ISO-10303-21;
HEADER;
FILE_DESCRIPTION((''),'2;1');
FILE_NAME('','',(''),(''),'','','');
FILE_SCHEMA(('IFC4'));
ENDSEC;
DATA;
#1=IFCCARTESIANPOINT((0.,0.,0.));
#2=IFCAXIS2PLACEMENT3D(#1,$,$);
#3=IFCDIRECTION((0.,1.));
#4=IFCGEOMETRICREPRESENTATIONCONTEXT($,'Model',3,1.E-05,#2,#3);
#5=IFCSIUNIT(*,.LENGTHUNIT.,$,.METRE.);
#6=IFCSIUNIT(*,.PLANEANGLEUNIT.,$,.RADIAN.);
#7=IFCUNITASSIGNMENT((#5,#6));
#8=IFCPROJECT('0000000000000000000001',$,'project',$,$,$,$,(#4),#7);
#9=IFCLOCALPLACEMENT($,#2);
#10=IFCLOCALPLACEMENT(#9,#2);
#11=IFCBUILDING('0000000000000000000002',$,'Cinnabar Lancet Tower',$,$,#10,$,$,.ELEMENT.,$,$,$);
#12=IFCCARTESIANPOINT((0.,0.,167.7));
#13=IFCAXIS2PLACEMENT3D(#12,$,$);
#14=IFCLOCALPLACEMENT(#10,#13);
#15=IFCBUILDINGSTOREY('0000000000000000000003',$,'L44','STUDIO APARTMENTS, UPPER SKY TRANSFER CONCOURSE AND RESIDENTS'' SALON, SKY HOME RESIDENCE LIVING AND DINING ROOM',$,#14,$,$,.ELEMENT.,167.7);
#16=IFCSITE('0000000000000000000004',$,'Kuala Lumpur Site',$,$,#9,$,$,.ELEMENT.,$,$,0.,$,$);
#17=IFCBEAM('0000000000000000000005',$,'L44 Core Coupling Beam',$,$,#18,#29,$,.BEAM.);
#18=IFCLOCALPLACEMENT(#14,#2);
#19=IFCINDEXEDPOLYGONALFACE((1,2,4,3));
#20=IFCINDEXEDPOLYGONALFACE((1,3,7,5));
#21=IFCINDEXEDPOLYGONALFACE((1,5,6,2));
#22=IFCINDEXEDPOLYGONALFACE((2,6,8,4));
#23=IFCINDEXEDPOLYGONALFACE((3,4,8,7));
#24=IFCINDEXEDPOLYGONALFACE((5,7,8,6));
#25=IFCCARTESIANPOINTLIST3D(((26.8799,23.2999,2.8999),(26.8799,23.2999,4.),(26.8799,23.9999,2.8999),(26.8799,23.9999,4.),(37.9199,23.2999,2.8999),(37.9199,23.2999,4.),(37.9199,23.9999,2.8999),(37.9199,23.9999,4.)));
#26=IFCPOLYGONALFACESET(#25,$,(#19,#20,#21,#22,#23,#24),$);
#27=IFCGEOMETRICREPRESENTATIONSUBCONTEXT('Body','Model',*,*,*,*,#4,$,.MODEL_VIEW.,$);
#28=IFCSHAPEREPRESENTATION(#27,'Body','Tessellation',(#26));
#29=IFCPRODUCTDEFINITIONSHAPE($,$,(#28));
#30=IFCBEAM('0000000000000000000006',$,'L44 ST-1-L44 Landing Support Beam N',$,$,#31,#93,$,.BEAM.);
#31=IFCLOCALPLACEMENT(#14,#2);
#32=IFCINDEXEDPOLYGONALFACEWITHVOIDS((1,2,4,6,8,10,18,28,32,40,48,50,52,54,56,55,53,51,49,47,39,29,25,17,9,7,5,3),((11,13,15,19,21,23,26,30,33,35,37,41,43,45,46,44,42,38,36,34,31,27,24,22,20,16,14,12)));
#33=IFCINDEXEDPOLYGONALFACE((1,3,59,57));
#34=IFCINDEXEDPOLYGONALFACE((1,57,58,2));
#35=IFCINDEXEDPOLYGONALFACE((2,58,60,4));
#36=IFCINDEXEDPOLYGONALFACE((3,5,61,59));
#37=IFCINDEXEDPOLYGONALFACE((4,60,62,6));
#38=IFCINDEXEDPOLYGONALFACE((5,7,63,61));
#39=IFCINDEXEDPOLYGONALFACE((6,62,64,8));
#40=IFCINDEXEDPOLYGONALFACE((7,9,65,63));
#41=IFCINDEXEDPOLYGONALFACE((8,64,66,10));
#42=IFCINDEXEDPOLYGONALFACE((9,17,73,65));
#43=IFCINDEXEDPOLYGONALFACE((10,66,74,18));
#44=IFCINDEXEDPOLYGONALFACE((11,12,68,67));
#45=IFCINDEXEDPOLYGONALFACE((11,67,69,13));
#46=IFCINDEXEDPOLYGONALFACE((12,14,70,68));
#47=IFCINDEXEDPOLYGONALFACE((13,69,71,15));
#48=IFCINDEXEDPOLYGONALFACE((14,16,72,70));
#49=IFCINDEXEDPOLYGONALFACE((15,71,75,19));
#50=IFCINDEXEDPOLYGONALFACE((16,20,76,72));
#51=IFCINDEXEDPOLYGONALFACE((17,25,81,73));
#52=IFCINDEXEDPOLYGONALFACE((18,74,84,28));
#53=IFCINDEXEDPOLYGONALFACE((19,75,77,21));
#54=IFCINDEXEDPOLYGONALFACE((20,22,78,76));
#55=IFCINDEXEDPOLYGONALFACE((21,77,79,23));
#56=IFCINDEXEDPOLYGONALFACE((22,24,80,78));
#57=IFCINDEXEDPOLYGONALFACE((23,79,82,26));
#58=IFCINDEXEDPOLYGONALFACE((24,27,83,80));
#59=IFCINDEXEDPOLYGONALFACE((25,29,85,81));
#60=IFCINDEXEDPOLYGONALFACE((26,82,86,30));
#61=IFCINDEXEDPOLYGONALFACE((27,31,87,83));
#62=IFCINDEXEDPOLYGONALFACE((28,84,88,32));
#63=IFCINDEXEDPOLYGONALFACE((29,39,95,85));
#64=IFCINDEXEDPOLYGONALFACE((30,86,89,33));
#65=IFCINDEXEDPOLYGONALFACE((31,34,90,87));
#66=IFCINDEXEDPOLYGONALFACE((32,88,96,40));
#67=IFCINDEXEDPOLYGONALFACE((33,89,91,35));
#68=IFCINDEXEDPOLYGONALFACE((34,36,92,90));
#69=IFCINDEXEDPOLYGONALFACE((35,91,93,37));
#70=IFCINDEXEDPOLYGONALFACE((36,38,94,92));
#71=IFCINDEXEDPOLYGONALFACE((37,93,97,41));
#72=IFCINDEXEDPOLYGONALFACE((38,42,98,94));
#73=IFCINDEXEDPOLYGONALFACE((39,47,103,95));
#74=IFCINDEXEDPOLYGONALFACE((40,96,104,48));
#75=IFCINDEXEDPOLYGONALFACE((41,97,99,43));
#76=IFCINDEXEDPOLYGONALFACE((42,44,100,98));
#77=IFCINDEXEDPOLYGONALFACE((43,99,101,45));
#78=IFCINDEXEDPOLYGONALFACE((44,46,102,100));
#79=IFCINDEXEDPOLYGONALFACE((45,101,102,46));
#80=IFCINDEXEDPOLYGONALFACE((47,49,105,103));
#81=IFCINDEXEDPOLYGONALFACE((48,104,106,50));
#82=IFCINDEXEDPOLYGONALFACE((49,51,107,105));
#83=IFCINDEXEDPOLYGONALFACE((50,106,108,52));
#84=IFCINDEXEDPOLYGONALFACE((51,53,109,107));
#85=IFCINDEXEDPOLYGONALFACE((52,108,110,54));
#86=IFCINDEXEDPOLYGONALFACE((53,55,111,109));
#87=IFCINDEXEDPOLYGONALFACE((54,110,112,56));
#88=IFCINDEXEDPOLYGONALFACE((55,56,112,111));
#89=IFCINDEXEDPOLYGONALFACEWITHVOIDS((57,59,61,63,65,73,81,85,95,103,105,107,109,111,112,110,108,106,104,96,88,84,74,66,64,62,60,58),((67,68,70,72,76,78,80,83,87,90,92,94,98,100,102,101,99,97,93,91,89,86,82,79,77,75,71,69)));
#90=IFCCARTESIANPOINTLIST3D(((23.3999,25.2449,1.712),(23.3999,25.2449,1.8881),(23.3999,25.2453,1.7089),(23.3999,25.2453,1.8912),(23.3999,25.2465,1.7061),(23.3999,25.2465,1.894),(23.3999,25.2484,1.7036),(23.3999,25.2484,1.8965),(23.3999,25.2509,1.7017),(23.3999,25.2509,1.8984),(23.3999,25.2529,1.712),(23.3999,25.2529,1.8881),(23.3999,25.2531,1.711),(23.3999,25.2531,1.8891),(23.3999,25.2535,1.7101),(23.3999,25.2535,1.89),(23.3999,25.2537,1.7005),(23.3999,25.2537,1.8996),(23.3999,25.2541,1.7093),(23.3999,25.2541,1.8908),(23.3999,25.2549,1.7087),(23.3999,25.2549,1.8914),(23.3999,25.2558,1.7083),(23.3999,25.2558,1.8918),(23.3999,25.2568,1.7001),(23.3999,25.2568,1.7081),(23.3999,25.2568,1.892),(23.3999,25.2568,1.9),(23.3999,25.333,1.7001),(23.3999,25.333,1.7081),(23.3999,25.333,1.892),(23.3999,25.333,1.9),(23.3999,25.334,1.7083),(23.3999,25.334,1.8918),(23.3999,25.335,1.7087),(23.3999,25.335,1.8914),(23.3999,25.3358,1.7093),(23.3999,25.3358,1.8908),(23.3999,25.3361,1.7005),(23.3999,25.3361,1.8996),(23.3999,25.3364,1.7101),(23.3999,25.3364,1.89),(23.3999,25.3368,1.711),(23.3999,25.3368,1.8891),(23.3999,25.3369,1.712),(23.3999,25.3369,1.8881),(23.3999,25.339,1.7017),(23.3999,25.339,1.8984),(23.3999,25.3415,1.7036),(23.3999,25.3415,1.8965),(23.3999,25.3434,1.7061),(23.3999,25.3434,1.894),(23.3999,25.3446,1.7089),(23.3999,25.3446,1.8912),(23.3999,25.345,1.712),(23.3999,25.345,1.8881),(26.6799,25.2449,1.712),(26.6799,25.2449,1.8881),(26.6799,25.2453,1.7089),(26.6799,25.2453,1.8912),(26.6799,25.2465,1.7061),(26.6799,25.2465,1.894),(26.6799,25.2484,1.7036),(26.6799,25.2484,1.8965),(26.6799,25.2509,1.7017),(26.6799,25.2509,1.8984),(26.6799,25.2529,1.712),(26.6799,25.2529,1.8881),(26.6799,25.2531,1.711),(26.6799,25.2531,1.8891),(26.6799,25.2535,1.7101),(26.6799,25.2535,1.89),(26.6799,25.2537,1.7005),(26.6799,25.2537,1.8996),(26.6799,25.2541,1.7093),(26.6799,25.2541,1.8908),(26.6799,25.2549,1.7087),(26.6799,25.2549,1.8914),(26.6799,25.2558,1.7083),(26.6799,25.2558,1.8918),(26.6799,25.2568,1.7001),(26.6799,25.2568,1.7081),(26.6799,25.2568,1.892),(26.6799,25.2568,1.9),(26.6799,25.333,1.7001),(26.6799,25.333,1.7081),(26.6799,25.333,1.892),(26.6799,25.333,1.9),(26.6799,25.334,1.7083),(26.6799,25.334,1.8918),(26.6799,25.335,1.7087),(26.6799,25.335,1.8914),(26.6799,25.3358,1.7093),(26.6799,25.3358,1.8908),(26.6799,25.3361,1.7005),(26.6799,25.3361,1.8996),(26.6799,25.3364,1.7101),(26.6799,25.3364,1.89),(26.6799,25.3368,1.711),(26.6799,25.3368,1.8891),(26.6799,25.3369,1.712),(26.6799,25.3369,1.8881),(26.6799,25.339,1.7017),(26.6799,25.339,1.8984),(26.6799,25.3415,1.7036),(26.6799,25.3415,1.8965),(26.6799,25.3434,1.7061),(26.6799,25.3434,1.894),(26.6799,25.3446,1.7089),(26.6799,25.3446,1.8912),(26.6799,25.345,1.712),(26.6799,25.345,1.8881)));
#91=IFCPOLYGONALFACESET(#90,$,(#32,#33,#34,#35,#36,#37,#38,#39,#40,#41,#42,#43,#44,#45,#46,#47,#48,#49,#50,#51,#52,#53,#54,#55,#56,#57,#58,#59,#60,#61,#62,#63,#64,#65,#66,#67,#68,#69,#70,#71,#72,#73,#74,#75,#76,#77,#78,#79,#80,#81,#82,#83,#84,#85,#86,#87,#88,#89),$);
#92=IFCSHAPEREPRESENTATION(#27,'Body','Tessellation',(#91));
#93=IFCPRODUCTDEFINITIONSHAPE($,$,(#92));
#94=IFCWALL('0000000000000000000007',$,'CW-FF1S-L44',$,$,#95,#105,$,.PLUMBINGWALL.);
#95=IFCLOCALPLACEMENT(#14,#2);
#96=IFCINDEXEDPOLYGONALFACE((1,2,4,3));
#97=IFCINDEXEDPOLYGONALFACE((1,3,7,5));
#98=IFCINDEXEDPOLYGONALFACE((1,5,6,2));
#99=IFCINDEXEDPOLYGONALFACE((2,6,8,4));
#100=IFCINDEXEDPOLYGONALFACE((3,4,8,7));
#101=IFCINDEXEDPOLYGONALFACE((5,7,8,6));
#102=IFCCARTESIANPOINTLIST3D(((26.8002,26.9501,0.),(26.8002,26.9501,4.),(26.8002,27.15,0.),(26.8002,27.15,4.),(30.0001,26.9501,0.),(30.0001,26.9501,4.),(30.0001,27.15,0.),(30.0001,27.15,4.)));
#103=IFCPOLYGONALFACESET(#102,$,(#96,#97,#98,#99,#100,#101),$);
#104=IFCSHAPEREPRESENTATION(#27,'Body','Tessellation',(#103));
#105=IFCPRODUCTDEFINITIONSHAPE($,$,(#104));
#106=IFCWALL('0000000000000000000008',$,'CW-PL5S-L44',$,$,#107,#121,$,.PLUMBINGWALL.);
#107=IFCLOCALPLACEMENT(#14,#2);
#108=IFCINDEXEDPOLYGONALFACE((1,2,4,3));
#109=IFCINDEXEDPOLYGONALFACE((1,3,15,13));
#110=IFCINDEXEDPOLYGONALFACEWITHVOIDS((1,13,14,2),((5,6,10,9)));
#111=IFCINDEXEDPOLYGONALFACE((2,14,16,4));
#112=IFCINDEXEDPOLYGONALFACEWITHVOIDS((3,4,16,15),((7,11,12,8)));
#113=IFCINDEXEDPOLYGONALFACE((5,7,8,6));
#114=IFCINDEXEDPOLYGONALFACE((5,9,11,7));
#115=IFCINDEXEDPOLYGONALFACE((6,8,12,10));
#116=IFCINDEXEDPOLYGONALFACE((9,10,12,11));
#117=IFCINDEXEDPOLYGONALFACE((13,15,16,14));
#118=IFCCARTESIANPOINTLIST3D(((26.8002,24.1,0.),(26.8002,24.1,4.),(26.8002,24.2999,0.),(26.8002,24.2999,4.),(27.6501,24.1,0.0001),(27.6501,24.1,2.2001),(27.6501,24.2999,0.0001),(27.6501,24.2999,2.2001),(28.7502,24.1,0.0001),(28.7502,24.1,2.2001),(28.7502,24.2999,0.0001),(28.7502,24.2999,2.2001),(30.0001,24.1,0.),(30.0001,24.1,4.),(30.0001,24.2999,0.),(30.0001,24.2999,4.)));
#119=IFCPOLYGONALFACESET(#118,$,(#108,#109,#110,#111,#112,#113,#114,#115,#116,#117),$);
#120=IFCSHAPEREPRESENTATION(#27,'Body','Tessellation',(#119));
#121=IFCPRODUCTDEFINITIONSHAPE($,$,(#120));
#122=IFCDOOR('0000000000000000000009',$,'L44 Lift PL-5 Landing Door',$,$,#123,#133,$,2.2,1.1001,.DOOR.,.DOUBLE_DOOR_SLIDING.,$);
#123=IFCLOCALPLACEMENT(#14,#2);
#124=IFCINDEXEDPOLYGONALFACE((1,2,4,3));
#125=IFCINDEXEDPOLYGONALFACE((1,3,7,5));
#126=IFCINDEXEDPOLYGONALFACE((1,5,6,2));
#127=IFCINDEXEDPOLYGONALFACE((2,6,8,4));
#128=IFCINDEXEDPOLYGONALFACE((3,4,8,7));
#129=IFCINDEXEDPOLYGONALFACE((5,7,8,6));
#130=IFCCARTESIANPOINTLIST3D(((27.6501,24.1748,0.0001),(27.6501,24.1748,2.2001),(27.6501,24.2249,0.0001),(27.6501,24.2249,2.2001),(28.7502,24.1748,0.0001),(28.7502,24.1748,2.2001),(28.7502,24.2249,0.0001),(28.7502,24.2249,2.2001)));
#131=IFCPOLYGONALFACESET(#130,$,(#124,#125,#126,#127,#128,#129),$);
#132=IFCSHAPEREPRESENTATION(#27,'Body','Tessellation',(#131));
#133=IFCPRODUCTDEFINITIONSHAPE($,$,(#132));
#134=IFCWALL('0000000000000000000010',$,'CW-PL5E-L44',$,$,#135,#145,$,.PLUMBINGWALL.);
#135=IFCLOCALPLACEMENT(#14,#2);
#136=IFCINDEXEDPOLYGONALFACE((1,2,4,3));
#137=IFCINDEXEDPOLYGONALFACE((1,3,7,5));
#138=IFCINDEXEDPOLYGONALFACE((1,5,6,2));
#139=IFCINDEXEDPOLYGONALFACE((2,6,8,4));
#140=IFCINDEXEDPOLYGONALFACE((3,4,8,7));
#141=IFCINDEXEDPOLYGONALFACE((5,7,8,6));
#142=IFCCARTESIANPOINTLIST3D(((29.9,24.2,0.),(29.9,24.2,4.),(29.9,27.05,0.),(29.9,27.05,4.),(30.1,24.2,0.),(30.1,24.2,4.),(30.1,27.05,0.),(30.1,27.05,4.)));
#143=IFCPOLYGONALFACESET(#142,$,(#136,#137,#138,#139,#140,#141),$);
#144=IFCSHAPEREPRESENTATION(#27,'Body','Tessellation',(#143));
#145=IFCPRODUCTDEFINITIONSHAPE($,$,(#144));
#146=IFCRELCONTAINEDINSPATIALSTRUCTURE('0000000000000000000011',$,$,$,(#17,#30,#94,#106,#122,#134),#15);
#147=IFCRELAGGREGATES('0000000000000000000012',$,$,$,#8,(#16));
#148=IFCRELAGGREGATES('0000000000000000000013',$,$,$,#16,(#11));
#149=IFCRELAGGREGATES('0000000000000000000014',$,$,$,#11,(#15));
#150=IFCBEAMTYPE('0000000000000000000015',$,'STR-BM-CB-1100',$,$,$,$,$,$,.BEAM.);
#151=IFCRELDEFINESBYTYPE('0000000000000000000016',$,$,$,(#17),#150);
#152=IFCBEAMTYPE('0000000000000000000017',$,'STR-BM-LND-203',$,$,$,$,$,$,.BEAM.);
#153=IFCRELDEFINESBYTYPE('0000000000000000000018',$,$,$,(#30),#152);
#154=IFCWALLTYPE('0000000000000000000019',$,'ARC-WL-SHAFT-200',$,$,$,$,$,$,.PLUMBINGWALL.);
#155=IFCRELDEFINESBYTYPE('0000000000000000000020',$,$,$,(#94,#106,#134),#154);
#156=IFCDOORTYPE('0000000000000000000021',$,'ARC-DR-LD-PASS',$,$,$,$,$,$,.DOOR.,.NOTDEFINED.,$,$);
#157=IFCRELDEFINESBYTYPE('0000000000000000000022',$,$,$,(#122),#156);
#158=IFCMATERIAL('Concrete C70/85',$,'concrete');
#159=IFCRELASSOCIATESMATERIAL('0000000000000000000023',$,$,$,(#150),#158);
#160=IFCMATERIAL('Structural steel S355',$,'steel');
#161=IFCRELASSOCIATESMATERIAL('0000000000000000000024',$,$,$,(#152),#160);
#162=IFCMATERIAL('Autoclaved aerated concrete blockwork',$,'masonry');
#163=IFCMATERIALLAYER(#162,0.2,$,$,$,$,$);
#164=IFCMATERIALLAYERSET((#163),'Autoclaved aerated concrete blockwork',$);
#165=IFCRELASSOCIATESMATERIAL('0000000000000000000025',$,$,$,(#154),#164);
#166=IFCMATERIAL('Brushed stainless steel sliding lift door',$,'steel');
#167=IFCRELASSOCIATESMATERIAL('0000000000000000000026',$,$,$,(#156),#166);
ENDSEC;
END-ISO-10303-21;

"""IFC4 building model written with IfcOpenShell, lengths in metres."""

from ifc_helpers import new_model, si_unit, direction, frame, frame_2d, origin, origin_2d, place, context, subcontext, project, spatial, rectangle, hollow_rectangle, extrude, material, layer, layer_set, material_profile, profile_set, type_object, element, fill, save


model = new_model("IFC4")

# Units and contexts
model_context = context("Model", 3, precision=1e-05, world=origin(), true_north=direction((0.0, 1.0)))
body_context = subcontext(model_context, "Body", "Model", "MODEL_VIEW")
ifc_project = project(units=[si_unit("LENGTHUNIT", "METRE"), si_unit("PLANEANGLEUNIT", "RADIAN")], contexts=[model_context])

# Site, building, storey
site_placement = place(None, origin())
site = spatial("IfcSite", under=ifc_project, at=site_placement, Name="Kuala Lumpur Site", CompositionType="ELEMENT", RefElevation=0.0)
building_placement = place(site_placement, origin())
building = spatial("IfcBuilding", under=site, at=building_placement, Name="Cinnabar Lancet Tower", CompositionType="ELEMENT")
storey_placement = place(building_placement, frame((0.0, 0.0, 167.7)))
storey = spatial("IfcBuildingStorey", under=building, at=storey_placement, Name="L44", Description="STUDIO APARTMENTS, UPPER SKY TRANSFER CONCOURSE AND RESIDENTS' SALON, SKY HOME RESIDENCE LIVING AND DINING ROOM", CompositionType="ELEMENT", Elevation=167.7)

# Beams
ifc_material_1 = material(Name="Concrete C70/85", Category="concrete")
ifc_material_profile_1 = material_profile(ifc_material_1, rectangle(XDim=0.7, YDim=1.1001, at=origin_2d()), Name="RC-CB 700x1100")
ifc_profile_set_1 = profile_set([ifc_material_profile_1], Name="Concrete C70/85")
beam_type_1 = type_object("IfcBeamType", Name="STR-BM-CB-1100", PredefinedType="BEAM", material=ifc_profile_set_1)
beam_1_placement = place(storey_placement, frame((26.8799, 23.6499, 3.45), z_axis=(1.0, 0.0, 0.0), x_axis=(0.0, 1.0, 0.0)))
element("IfcBeam", 1, at=beam_1_placement, inside=storey, type_object=beam_type_1, Name="L44 Core Coupling Beam", PredefinedType="BEAM", context=body_context, shape_type="SweptSolid", body=[
    extrude(rectangle(XDim=0.7, YDim=1.1001, at=origin_2d()), origin(), (0.0, 0.0, 1.0), 11.04),
])
ifc_material_2 = material(Name="Structural steel S355", Category="steel")
ifc_material_profile_2 = material_profile(ifc_material_2, hollow_rectangle(XDim=0.1001, YDim=0.2, WallThickness=0.0081, InnerFilletRadius=0.0039, OuterFilletRadius=0.012, at=origin_2d()), Name="RHS 200x100x8")
ifc_profile_set_2 = profile_set([ifc_material_profile_2], Name="Structural steel S355")
beam_type_2 = type_object("IfcBeamType", Name="STR-BM-LND-203", PredefinedType="BEAM", material=ifc_profile_set_2)
beam_2_placement = place(storey_placement, frame((23.3999, 25.2949, 1.8), z_axis=(1.0, 0.0, 0.0), x_axis=(0.0, 1.0, 0.0)))
element("IfcBeam", 2, at=beam_2_placement, inside=storey, type_object=beam_type_2, Name="L44 ST-1-L44 Landing Support Beam N", PredefinedType="BEAM", context=body_context, shape_type="SweptSolid", body=[
    extrude(hollow_rectangle(XDim=0.1001, YDim=0.2, WallThickness=0.0081, InnerFilletRadius=0.0039, OuterFilletRadius=0.012, at=origin_2d()), origin(), (0.0, 0.0, 1.0), 3.28),
])

# Shared definitions
ifc_material_3 = material(Name="Autoclaved aerated concrete blockwork", Category="masonry")
ifc_layer = layer(ifc_material_3, 0.2)
ifc_layer_set = layer_set([ifc_layer], Name="Autoclaved aerated concrete blockwork")
wall_type = type_object("IfcWallType", Name="ARC-WL-SHAFT-200", PredefinedType="PLUMBINGWALL", material=ifc_layer_set)

# Wall
wall_1_placement = place(storey_placement, frame((26.8, 27.05, 0.0), z_axis=(0.0, 0.0, 1.0), x_axis=(1.0, 0.0, 0.0)))
element("IfcWall", 3, at=wall_1_placement, inside=storey, type_object=wall_type, Name="CW-FF1S-L44", PredefinedType="PLUMBINGWALL", context=body_context, shape_type="SweptSolid", body=[
    extrude(rectangle(XDim=3.2, YDim=0.2, at=frame_2d((1.6001, 0.0))), origin(), (0.0, 0.0, 1.0), 4.0),
])

# Wall, opening, door
wall_2_placement = place(storey_placement, frame((26.8, 24.2, 0.0), z_axis=(0.0, 0.0, 1.0), x_axis=(1.0, 0.0, 0.0)))
wall_2 = element("IfcWall", 4, at=wall_2_placement, inside=storey, type_object=wall_type, Name="CW-PL5S-L44", PredefinedType="PLUMBINGWALL", context=body_context, shape_type="SweptSolid", body=[
    extrude(rectangle(XDim=3.2, YDim=0.2, at=frame_2d((1.6001, 0.0))), origin(), (0.0, 0.0, 1.0), 4.0),
])
opening_1_placement = place(wall_2_placement, frame((0.8501, 0.0, 0.0)))
opening_1 = element("IfcOpeningElement", 5, at=opening_1_placement, cuts=wall_2, PredefinedType="OPENING", context=body_context, shape_type="SweptSolid", body=[
    extrude(rectangle(XDim=1.1001, YDim=2.2, at=frame_2d((0.55, 1.1001))), frame((0.0, 0.1099, 0.0), z_axis=(0.0, -1.0, 0.0), x_axis=(1.0, 0.0, 0.0)), (0.0, 0.0, 1.0), 0.22),
])
ifc_material_4 = material(Name="Brushed stainless steel sliding lift door", Category="steel")
door_type_1 = type_object("IfcDoorType", Name="ARC-DR-LD-PASS", OperationType="NOTDEFINED", PredefinedType="DOOR", material=ifc_material_4)
door_1_placement = place(opening_1_placement, origin())
door_1 = element("IfcDoor", 6, at=door_1_placement, inside=storey, type_object=door_type_1, Name="L44 Lift PL-5 Landing Door", OperationType="DOUBLE_DOOR_SLIDING", OverallHeight=2.2, OverallWidth=1.1001, PredefinedType="DOOR", context=body_context, shape_type="SweptSolid", body=[
    extrude(rectangle(XDim=1.1001, YDim=2.2, at=frame_2d((0.55, 1.1001))), frame((0.0, 0.0249, 0.0), z_axis=(0.0, -1.0, 0.0), x_axis=(1.0, 0.0, 0.0)), (0.0, 0.0, 1.0), 0.05),
])
fill(opening_1, door_1)

# Wall
wall_3_placement = place(storey_placement, frame((30.0, 24.2, 0.0), z_axis=(0.0, 0.0, 1.0), x_axis=(0.0, 1.0, 0.0)))
element("IfcWall", 7, at=wall_3_placement, inside=storey, type_object=wall_type, Name="CW-PL5E-L44", PredefinedType="PLUMBINGWALL", context=body_context, shape_type="SweptSolid", body=[
    extrude(rectangle(XDim=2.8501, YDim=0.2, at=frame_2d((1.425, 0.0))), origin(), (0.0, 0.0, 1.0), 4.0),
])

save(model, "model.ifc")
